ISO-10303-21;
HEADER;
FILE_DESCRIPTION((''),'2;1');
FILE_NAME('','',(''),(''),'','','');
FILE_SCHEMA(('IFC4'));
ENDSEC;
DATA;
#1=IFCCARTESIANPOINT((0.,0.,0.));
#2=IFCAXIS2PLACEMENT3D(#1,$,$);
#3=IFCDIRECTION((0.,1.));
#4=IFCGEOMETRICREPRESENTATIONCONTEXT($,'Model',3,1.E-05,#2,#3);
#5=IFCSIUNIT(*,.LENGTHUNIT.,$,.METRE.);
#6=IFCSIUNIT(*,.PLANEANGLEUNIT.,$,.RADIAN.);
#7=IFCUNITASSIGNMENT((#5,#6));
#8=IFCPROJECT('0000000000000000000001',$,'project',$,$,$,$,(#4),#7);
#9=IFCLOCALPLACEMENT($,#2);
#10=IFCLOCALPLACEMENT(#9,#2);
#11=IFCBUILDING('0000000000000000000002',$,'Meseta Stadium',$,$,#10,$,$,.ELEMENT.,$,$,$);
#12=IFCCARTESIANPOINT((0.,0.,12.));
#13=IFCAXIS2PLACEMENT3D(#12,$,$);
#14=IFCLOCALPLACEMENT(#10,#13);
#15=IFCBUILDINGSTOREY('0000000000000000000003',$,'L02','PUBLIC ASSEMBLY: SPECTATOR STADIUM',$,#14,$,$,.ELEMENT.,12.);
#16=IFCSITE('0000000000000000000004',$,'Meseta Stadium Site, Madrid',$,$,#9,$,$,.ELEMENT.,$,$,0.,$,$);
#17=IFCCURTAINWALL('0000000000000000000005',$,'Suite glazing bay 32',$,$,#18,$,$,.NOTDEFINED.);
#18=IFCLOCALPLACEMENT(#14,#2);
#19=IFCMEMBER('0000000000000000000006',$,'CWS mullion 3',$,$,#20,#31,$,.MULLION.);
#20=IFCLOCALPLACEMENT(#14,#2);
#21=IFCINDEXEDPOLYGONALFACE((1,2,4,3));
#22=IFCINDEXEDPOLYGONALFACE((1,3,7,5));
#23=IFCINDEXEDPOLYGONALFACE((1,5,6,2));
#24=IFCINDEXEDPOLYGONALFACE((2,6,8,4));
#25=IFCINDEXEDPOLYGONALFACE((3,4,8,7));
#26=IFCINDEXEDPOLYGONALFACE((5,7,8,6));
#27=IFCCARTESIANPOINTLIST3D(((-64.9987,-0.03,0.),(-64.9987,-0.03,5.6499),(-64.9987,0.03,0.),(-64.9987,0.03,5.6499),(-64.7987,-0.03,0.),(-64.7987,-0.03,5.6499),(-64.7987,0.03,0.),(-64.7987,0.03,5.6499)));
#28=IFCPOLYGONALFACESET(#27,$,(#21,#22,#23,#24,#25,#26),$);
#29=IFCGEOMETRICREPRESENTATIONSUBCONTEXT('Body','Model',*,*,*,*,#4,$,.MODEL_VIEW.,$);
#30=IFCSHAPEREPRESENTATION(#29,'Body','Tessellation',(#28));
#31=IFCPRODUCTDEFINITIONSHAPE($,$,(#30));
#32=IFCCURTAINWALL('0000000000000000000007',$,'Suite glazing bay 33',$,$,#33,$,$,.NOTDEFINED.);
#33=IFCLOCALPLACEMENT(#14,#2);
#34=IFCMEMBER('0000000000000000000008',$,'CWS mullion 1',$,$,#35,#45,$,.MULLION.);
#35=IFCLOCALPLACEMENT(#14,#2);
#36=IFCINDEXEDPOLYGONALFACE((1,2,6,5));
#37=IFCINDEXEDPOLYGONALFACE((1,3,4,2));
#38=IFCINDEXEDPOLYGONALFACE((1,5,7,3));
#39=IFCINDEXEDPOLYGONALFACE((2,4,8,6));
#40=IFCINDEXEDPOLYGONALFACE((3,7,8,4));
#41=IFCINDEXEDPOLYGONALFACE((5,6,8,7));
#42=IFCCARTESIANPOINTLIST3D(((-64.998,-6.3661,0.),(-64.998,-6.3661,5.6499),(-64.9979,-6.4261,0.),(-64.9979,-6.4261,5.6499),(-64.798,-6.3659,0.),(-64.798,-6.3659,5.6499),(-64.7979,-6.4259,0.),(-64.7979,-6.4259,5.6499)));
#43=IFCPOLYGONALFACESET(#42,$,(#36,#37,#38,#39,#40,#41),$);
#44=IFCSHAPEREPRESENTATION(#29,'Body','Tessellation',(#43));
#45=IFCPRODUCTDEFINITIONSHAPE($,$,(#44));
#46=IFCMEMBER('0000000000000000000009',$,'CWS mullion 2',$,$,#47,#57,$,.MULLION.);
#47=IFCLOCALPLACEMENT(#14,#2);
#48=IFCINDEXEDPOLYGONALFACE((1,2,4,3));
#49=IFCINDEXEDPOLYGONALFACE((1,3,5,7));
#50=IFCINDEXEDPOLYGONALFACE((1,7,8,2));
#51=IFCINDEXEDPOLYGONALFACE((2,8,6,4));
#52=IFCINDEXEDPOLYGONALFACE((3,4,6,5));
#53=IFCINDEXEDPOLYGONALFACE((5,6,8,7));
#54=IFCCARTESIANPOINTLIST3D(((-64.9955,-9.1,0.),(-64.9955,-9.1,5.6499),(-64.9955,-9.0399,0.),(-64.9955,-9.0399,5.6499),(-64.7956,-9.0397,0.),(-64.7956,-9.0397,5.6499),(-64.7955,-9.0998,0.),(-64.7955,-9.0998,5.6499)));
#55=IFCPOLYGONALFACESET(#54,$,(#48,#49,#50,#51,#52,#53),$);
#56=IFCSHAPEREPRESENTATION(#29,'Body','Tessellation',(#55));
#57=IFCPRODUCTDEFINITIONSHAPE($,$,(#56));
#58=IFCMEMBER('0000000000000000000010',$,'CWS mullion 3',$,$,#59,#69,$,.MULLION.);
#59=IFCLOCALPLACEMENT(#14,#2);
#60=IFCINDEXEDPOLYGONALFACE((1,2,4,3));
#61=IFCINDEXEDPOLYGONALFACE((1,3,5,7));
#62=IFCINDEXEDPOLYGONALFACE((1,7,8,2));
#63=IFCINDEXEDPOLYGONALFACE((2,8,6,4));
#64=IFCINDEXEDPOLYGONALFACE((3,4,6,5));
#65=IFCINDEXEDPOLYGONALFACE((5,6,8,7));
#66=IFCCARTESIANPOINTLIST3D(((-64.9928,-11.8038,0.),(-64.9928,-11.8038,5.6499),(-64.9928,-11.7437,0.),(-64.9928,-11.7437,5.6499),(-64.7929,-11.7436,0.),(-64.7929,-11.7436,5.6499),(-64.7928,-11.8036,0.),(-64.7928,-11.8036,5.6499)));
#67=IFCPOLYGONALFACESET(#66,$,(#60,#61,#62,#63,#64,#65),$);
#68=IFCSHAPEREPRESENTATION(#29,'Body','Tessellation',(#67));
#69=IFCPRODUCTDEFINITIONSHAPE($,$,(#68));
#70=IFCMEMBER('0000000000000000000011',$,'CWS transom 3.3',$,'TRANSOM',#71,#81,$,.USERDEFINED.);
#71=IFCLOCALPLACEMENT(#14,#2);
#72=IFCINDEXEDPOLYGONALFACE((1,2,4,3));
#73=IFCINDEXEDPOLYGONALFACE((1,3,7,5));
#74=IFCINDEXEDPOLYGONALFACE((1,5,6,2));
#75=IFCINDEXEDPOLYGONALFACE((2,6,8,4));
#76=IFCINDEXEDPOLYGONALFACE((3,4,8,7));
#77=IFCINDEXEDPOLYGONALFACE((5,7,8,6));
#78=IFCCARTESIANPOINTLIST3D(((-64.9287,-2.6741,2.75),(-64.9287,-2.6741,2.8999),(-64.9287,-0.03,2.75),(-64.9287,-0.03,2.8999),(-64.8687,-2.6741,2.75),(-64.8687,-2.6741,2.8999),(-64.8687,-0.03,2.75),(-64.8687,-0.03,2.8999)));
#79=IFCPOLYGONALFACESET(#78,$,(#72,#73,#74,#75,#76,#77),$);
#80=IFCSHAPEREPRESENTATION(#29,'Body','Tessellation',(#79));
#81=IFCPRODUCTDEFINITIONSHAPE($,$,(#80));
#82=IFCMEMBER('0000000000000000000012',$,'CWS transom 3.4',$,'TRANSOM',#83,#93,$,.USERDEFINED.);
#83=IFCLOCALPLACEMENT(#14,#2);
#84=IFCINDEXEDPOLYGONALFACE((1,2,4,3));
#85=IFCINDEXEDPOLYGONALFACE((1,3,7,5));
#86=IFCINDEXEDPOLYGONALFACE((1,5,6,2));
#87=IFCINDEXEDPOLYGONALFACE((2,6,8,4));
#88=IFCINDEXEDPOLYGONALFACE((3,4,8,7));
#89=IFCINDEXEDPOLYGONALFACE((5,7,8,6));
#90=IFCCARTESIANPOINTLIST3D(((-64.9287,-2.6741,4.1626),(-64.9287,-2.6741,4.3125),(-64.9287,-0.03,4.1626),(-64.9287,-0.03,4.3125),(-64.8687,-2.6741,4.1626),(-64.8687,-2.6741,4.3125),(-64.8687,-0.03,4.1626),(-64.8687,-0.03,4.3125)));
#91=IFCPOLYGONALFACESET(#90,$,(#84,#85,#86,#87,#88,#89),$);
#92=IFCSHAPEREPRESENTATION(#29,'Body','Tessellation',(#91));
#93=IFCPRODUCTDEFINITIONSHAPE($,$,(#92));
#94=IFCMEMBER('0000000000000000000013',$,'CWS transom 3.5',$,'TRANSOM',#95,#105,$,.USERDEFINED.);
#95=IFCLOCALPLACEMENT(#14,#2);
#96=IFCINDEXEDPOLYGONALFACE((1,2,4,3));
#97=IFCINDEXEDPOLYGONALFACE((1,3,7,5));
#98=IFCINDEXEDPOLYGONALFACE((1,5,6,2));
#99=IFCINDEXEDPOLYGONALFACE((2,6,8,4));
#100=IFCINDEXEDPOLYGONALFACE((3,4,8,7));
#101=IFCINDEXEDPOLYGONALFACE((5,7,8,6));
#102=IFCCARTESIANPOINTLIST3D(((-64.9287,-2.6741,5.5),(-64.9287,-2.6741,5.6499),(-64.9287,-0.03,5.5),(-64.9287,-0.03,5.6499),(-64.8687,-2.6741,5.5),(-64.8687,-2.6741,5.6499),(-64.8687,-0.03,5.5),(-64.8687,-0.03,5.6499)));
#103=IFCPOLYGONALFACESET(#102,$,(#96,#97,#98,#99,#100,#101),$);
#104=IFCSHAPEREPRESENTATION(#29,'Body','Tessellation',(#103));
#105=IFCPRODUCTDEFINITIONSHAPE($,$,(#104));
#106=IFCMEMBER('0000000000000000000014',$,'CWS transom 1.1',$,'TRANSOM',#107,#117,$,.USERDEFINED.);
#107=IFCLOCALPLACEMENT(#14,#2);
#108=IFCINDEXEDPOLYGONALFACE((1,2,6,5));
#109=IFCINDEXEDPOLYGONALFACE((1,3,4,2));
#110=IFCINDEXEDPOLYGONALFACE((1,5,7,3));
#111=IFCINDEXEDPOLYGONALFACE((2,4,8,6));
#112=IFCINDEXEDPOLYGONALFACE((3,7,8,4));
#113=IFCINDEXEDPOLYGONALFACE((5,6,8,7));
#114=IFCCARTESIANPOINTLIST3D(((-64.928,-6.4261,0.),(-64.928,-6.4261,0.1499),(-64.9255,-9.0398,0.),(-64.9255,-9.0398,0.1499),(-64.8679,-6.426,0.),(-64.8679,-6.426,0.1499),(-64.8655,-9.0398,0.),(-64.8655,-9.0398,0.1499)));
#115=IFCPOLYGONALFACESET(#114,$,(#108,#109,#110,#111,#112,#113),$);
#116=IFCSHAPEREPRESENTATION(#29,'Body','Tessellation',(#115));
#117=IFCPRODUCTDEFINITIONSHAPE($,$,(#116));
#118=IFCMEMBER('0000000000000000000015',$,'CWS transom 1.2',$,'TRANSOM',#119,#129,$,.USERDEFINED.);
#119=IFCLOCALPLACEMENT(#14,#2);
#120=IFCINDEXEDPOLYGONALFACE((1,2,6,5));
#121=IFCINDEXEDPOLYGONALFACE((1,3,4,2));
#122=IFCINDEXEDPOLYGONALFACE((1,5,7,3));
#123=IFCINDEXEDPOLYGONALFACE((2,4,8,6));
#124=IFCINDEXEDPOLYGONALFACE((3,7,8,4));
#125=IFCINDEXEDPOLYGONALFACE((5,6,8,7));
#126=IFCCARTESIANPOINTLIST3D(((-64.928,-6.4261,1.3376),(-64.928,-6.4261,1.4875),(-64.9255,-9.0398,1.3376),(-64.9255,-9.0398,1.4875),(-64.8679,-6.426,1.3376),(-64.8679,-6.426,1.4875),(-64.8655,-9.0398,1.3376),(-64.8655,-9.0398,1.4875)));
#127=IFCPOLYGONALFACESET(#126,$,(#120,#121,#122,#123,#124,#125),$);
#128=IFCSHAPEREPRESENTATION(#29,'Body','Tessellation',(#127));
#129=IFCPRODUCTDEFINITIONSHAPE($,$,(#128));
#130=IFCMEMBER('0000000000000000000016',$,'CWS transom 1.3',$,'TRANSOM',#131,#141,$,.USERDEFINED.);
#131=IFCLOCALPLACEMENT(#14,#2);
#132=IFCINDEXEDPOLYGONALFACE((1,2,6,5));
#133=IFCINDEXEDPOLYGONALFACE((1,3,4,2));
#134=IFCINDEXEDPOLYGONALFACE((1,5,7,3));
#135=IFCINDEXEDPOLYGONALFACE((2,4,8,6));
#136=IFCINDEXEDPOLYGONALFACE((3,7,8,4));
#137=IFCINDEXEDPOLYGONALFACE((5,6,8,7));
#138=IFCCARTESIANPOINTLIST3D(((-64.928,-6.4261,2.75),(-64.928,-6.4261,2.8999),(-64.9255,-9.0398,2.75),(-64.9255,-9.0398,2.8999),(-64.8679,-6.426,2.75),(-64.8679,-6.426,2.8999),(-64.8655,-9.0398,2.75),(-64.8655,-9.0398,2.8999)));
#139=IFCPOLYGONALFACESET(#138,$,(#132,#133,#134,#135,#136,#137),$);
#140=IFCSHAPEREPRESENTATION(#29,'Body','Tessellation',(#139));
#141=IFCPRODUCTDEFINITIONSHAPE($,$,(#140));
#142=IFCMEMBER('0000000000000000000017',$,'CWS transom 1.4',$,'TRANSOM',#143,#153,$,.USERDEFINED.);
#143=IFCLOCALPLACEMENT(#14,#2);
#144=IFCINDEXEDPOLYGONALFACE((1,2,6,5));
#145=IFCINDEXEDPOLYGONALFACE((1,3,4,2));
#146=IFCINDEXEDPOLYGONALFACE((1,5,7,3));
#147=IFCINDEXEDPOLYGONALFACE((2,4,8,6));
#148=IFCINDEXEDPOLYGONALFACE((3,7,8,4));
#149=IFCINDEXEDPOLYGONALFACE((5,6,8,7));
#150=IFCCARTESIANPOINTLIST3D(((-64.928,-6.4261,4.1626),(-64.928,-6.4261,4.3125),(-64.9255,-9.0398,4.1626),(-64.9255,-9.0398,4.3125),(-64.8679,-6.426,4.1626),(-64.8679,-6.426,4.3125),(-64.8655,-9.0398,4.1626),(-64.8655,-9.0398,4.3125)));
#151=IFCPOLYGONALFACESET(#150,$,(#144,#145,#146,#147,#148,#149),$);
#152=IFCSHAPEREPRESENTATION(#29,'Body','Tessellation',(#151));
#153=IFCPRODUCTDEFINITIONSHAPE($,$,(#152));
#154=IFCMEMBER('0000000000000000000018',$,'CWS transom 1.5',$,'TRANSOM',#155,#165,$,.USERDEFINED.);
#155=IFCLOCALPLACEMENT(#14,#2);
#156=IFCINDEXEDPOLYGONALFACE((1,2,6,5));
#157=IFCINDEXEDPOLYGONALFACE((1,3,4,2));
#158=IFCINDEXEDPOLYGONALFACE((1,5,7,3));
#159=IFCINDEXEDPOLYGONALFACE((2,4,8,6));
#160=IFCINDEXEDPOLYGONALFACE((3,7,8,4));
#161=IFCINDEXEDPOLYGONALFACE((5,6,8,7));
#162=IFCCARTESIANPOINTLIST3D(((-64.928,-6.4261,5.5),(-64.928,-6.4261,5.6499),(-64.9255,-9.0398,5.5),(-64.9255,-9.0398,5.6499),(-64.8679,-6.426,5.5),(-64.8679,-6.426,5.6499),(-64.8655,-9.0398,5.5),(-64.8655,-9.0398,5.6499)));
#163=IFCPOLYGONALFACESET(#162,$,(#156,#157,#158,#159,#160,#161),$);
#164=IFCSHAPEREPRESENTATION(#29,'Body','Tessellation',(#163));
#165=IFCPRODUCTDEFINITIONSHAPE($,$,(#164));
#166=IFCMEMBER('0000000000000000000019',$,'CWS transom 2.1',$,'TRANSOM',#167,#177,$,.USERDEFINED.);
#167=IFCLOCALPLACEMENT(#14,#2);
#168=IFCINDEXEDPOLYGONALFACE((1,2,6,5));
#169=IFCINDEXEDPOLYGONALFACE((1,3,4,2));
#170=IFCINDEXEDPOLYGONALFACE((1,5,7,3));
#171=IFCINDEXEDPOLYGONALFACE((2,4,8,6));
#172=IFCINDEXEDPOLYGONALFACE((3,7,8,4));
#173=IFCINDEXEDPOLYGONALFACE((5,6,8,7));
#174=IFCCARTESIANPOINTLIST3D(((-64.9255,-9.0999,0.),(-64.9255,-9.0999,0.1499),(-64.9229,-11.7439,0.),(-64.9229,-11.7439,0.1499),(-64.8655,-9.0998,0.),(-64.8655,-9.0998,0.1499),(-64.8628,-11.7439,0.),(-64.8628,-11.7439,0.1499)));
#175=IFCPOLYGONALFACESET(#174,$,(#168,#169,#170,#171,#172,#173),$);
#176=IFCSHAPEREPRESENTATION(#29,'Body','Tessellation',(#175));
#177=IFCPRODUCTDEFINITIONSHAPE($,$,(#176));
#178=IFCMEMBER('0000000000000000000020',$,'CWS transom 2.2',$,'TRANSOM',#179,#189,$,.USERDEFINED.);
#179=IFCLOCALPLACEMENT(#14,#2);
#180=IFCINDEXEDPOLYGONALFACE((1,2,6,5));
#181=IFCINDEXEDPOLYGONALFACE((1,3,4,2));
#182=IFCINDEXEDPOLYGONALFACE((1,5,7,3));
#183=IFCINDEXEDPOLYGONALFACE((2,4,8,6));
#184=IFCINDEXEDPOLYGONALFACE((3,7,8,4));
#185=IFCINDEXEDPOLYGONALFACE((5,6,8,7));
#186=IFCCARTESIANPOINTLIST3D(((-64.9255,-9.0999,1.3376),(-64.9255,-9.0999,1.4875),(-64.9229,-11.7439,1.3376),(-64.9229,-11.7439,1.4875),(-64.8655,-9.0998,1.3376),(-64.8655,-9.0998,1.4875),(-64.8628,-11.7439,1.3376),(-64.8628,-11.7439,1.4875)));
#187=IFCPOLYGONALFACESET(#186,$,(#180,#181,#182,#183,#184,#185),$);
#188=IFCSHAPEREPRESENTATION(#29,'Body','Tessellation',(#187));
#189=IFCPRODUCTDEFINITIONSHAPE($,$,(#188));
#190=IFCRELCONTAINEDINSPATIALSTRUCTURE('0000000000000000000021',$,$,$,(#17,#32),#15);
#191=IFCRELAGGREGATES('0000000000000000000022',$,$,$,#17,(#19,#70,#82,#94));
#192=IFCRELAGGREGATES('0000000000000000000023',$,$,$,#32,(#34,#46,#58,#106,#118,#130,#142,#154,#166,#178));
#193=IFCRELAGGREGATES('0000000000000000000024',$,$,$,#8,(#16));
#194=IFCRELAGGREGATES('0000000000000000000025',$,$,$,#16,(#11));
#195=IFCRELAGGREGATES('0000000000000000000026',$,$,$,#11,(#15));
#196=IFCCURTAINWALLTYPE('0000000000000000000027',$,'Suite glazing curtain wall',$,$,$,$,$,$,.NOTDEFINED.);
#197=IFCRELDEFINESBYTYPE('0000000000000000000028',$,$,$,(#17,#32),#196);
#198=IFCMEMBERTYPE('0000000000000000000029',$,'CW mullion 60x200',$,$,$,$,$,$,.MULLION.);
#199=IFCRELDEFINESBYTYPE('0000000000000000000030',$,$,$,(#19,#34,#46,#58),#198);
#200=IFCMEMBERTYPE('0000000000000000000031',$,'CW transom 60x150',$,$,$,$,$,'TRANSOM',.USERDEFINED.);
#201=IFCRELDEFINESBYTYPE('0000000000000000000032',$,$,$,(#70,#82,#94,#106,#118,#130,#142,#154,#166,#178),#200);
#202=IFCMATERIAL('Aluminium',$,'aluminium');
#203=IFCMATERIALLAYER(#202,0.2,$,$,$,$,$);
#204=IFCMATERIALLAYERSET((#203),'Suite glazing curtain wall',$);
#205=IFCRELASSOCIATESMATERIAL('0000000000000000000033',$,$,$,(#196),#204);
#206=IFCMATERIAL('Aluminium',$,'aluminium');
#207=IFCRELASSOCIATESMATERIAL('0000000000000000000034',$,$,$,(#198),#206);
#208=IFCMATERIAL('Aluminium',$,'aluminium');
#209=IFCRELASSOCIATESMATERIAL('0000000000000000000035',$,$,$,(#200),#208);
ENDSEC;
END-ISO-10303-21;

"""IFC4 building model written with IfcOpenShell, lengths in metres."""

from ifc_helpers import new_model, si_unit, direction, frame, origin, origin_2d, place, context, subcontext, project, spatial, rectangle, extrude, material, layer, layer_set, material_profile, profile_set, type_object, element, aggregate, save


model = new_model("IFC4")

# Units and contexts
model_context = context("Model", 3, precision=1e-05, world=origin(), true_north=direction((0.0, 1.0)))
body_context = subcontext(model_context, "Body", "Model", "MODEL_VIEW")
ifc_project = project(units=[si_unit("LENGTHUNIT", "METRE"), si_unit("PLANEANGLEUNIT", "RADIAN")], contexts=[model_context])

# Site, building, storey
site_placement = place(None, origin())
site = spatial("IfcSite", under=ifc_project, at=site_placement, Name="Meseta Stadium Site, Madrid", CompositionType="ELEMENT", RefElevation=0.0)
building_placement = place(site_placement, origin())
building = spatial("IfcBuilding", under=site, at=building_placement, Name="Meseta Stadium", CompositionType="ELEMENT")
storey_placement = place(building_placement, frame((0.0, 0.0, 12.0)))
storey = spatial("IfcBuildingStorey", under=building, at=storey_placement, Name="L02", Description="PUBLIC ASSEMBLY: SPECTATOR STADIUM", CompositionType="ELEMENT", Elevation=12.0)

# Curtain wall, member
ifc_material_1 = material(Name="Aluminium", Category="aluminium")
ifc_layer_1 = layer(ifc_material_1, 0.2)
ifc_layer_set_1 = layer_set([ifc_layer_1], Name="Suite glazing curtain wall")
curtain_wall_type = type_object("IfcCurtainWallType", Name="Suite glazing curtain wall", PredefinedType="NOTDEFINED", material=ifc_layer_set_1)
curtain_wall_1_placement = place(storey_placement, origin())
curtain_wall_1 = element("IfcCurtainWall", 1, at=curtain_wall_1_placement, inside=storey, type_object=curtain_wall_type, Name="Suite glazing bay 32", PredefinedType="NOTDEFINED")
ifc_material_2 = material(Name="Aluminium", Category="aluminium")
ifc_material_profile_1 = material_profile(ifc_material_2, rectangle(XDim=0.2, YDim=0.0601, at=origin_2d()), Name="CW 200x60")
ifc_profile_set_1 = profile_set([ifc_material_profile_1], Name="Aluminium")
member_type_1 = type_object("IfcMemberType", Name="CW mullion 60x200", PredefinedType="MULLION", material=ifc_profile_set_1)
member_1_placement = place(storey_placement, frame((-64.8987, 0.0, 0.0), z_axis=(0.0, 0.0, 1.0), x_axis=(1.0, 0.0, 0.0)))
member_1 = element("IfcMember", 2, at=member_1_placement, type_object=member_type_1, Name="CWS mullion 3", PredefinedType="MULLION", context=body_context, shape_type="SweptSolid", body=[
    extrude(rectangle(XDim=0.2, YDim=0.0601, at=origin_2d()), origin(), (0.0, 0.0, 1.0), 5.6499),
])

# Curtain wall, members
curtain_wall_2_placement = place(storey_placement, origin())
curtain_wall_2 = element("IfcCurtainWall", 3, at=curtain_wall_2_placement, inside=storey, type_object=curtain_wall_type, Name="Suite glazing bay 33", PredefinedType="NOTDEFINED")
member_2_placement = place(storey_placement, frame((-64.8979, -6.396, 0.0), z_axis=(0.0, 0.0, 1.0), x_axis=(1.0, 0.000975, 0.0)))
member_2 = element("IfcMember", 4, at=member_2_placement, type_object=member_type_1, Name="CWS mullion 1", PredefinedType="MULLION", context=body_context, shape_type="SweptSolid", body=[
    extrude(rectangle(XDim=0.2, YDim=0.0601, at=origin_2d()), origin(), (0.0, 0.0, 1.0), 5.6499),
])
member_3_placement = place(storey_placement, frame((-64.8955, -9.0698, 0.0), z_axis=(0.0, 0.0, 1.0), x_axis=(1.0, 0.000975, 0.0)))
member_3 = element("IfcMember", 5, at=member_3_placement, type_object=member_type_1, Name="CWS mullion 2", PredefinedType="MULLION", context=body_context, shape_type="SweptSolid", body=[
    extrude(rectangle(XDim=0.2, YDim=0.0601, at=origin_2d()), origin(), (0.0, 0.0, 1.0), 5.6499),
])
member_4_placement = place(storey_placement, frame((-64.8928, -11.7737, 0.0), z_axis=(0.0, 0.0, 1.0), x_axis=(1.0, 0.000975, 0.0)))
member_4 = element("IfcMember", 6, at=member_4_placement, type_object=member_type_1, Name="CWS mullion 3", PredefinedType="MULLION", context=body_context, shape_type="SweptSolid", body=[
    extrude(rectangle(XDim=0.2, YDim=0.0601, at=origin_2d()), origin(), (0.0, 0.0, 1.0), 5.6499),
])

# Members
ifc_material_3 = material(Name="Aluminium", Category="aluminium")
ifc_material_profile_2 = material_profile(ifc_material_3, rectangle(XDim=0.0601, YDim=0.1499, at=origin_2d()), Name="CW 60x150")
ifc_profile_set_2 = profile_set([ifc_material_profile_2], Name="Aluminium")
member_type_2 = type_object("IfcMemberType", Name="CW transom 60x150", ElementType="TRANSOM", PredefinedType="USERDEFINED", material=ifc_profile_set_2)
member_5_placement = place(storey_placement, frame((-64.8987, -0.03, 2.825), z_axis=(0.0, -1.0, 0.0), x_axis=(1.0, 0.0, 0.0)))
member_5 = element("IfcMember", 7, at=member_5_placement, type_object=member_type_2, Name="CWS transom 3.3", ObjectType="TRANSOM", PredefinedType="USERDEFINED", context=body_context, shape_type="SweptSolid", body=[
    extrude(rectangle(XDim=0.0601, YDim=0.1499, at=origin_2d()), origin(), (0.0, 0.0, 1.0), 2.644),
])
member_6_placement = place(storey_placement, frame((-64.8987, -0.03, 4.2375), z_axis=(0.0, -1.0, 0.0), x_axis=(1.0, 0.0, 0.0)))
member_6 = element("IfcMember", 8, at=member_6_placement, type_object=member_type_2, Name="CWS transom 3.4", ObjectType="TRANSOM", PredefinedType="USERDEFINED", context=body_context, shape_type="SweptSolid", body=[
    extrude(rectangle(XDim=0.0601, YDim=0.1499, at=origin_2d()), origin(), (0.0, 0.0, 1.0), 2.644),
])
member_7_placement = place(storey_placement, frame((-64.8987, -0.03, 5.575), z_axis=(0.0, -1.0, 0.0), x_axis=(1.0, 0.0, 0.0)))
member_7 = element("IfcMember", 9, at=member_7_placement, type_object=member_type_2, Name="CWS transom 3.5", ObjectType="TRANSOM", PredefinedType="USERDEFINED", context=body_context, shape_type="SweptSolid", body=[
    extrude(rectangle(XDim=0.0601, YDim=0.1499, at=origin_2d()), origin(), (0.0, 0.0, 1.0), 2.644),
])
aggregate(curtain_wall_1, [member_1, member_5, member_6, member_7])
member_8_placement = place(storey_placement, frame((-64.8979, -6.426, 0.075), z_axis=(0.000934, -1.0, 0.0), x_axis=(1.0, 0.000934, 0.0)))
member_8 = element("IfcMember", 10, at=member_8_placement, type_object=member_type_2, Name="CWS transom 1.1", ObjectType="TRANSOM", PredefinedType="USERDEFINED", context=body_context, shape_type="SweptSolid", body=[
    extrude(rectangle(XDim=0.0601, YDim=0.1499, at=origin_2d()), origin(), (0.0, 0.0, 1.0), 2.6138),
])
member_9_placement = place(storey_placement, frame((-64.8979, -6.426, 1.4126), z_axis=(0.000934, -1.0, 0.0), x_axis=(1.0, 0.000934, 0.0)))
member_9 = element("IfcMember", 11, at=member_9_placement, type_object=member_type_2, Name="CWS transom 1.2", ObjectType="TRANSOM", PredefinedType="USERDEFINED", context=body_context, shape_type="SweptSolid", body=[
    extrude(rectangle(XDim=0.0601, YDim=0.1499, at=origin_2d()), origin(), (0.0, 0.0, 1.0), 2.6138),
])
member_10_placement = place(storey_placement, frame((-64.8979, -6.426, 2.825), z_axis=(0.000934, -1.0, 0.0), x_axis=(1.0, 0.000934, 0.0)))
member_10 = element("IfcMember", 12, at=member_10_placement, type_object=member_type_2, Name="CWS transom 1.3", ObjectType="TRANSOM", PredefinedType="USERDEFINED", context=body_context, shape_type="SweptSolid", body=[
    extrude(rectangle(XDim=0.0601, YDim=0.1499, at=origin_2d()), origin(), (0.0, 0.0, 1.0), 2.6138),
])
member_11_placement = place(storey_placement, frame((-64.8979, -6.426, 4.2375), z_axis=(0.000934, -1.0, 0.0), x_axis=(1.0, 0.000934, 0.0)))
member_11 = element("IfcMember", 13, at=member_11_placement, type_object=member_type_2, Name="CWS transom 1.4", ObjectType="TRANSOM", PredefinedType="USERDEFINED", context=body_context, shape_type="SweptSolid", body=[
    extrude(rectangle(XDim=0.0601, YDim=0.1499, at=origin_2d()), origin(), (0.0, 0.0, 1.0), 2.6138),
])
member_12_placement = place(storey_placement, frame((-64.8979, -6.426, 5.575), z_axis=(0.000934, -1.0, 0.0), x_axis=(1.0, 0.000934, 0.0)))
member_12 = element("IfcMember", 14, at=member_12_placement, type_object=member_type_2, Name="CWS transom 1.5", ObjectType="TRANSOM", PredefinedType="USERDEFINED", context=body_context, shape_type="SweptSolid", body=[
    extrude(rectangle(XDim=0.0601, YDim=0.1499, at=origin_2d()), origin(), (0.0, 0.0, 1.0), 2.6138),
])
member_13_placement = place(storey_placement, frame((-64.8955, -9.0999, 0.075), z_axis=(0.001016, -0.999999, 0.0), x_axis=(0.999999, 0.001016, 0.0)))
member_13 = element("IfcMember", 15, at=member_13_placement, type_object=member_type_2, Name="CWS transom 2.1", ObjectType="TRANSOM", PredefinedType="USERDEFINED", context=body_context, shape_type="SweptSolid", body=[
    extrude(rectangle(XDim=0.0601, YDim=0.1499, at=origin_2d()), origin(), (0.0, 0.0, 1.0), 2.644),
])
member_14_placement = place(storey_placement, frame((-64.8955, -9.0999, 1.4126), z_axis=(0.001016, -0.999999, 0.0), x_axis=(0.999999, 0.001016, 0.0)))
member_14 = element("IfcMember", 16, at=member_14_placement, type_object=member_type_2, Name="CWS transom 2.2", ObjectType="TRANSOM", PredefinedType="USERDEFINED", context=body_context, shape_type="SweptSolid", body=[
    extrude(rectangle(XDim=0.0601, YDim=0.1499, at=origin_2d()), origin(), (0.0, 0.0, 1.0), 2.644),
])

aggregate(curtain_wall_2, [member_2, member_3, member_4, member_8, member_9, member_10, member_11, member_12, member_13, member_14])

save(model, "model.ifc")
